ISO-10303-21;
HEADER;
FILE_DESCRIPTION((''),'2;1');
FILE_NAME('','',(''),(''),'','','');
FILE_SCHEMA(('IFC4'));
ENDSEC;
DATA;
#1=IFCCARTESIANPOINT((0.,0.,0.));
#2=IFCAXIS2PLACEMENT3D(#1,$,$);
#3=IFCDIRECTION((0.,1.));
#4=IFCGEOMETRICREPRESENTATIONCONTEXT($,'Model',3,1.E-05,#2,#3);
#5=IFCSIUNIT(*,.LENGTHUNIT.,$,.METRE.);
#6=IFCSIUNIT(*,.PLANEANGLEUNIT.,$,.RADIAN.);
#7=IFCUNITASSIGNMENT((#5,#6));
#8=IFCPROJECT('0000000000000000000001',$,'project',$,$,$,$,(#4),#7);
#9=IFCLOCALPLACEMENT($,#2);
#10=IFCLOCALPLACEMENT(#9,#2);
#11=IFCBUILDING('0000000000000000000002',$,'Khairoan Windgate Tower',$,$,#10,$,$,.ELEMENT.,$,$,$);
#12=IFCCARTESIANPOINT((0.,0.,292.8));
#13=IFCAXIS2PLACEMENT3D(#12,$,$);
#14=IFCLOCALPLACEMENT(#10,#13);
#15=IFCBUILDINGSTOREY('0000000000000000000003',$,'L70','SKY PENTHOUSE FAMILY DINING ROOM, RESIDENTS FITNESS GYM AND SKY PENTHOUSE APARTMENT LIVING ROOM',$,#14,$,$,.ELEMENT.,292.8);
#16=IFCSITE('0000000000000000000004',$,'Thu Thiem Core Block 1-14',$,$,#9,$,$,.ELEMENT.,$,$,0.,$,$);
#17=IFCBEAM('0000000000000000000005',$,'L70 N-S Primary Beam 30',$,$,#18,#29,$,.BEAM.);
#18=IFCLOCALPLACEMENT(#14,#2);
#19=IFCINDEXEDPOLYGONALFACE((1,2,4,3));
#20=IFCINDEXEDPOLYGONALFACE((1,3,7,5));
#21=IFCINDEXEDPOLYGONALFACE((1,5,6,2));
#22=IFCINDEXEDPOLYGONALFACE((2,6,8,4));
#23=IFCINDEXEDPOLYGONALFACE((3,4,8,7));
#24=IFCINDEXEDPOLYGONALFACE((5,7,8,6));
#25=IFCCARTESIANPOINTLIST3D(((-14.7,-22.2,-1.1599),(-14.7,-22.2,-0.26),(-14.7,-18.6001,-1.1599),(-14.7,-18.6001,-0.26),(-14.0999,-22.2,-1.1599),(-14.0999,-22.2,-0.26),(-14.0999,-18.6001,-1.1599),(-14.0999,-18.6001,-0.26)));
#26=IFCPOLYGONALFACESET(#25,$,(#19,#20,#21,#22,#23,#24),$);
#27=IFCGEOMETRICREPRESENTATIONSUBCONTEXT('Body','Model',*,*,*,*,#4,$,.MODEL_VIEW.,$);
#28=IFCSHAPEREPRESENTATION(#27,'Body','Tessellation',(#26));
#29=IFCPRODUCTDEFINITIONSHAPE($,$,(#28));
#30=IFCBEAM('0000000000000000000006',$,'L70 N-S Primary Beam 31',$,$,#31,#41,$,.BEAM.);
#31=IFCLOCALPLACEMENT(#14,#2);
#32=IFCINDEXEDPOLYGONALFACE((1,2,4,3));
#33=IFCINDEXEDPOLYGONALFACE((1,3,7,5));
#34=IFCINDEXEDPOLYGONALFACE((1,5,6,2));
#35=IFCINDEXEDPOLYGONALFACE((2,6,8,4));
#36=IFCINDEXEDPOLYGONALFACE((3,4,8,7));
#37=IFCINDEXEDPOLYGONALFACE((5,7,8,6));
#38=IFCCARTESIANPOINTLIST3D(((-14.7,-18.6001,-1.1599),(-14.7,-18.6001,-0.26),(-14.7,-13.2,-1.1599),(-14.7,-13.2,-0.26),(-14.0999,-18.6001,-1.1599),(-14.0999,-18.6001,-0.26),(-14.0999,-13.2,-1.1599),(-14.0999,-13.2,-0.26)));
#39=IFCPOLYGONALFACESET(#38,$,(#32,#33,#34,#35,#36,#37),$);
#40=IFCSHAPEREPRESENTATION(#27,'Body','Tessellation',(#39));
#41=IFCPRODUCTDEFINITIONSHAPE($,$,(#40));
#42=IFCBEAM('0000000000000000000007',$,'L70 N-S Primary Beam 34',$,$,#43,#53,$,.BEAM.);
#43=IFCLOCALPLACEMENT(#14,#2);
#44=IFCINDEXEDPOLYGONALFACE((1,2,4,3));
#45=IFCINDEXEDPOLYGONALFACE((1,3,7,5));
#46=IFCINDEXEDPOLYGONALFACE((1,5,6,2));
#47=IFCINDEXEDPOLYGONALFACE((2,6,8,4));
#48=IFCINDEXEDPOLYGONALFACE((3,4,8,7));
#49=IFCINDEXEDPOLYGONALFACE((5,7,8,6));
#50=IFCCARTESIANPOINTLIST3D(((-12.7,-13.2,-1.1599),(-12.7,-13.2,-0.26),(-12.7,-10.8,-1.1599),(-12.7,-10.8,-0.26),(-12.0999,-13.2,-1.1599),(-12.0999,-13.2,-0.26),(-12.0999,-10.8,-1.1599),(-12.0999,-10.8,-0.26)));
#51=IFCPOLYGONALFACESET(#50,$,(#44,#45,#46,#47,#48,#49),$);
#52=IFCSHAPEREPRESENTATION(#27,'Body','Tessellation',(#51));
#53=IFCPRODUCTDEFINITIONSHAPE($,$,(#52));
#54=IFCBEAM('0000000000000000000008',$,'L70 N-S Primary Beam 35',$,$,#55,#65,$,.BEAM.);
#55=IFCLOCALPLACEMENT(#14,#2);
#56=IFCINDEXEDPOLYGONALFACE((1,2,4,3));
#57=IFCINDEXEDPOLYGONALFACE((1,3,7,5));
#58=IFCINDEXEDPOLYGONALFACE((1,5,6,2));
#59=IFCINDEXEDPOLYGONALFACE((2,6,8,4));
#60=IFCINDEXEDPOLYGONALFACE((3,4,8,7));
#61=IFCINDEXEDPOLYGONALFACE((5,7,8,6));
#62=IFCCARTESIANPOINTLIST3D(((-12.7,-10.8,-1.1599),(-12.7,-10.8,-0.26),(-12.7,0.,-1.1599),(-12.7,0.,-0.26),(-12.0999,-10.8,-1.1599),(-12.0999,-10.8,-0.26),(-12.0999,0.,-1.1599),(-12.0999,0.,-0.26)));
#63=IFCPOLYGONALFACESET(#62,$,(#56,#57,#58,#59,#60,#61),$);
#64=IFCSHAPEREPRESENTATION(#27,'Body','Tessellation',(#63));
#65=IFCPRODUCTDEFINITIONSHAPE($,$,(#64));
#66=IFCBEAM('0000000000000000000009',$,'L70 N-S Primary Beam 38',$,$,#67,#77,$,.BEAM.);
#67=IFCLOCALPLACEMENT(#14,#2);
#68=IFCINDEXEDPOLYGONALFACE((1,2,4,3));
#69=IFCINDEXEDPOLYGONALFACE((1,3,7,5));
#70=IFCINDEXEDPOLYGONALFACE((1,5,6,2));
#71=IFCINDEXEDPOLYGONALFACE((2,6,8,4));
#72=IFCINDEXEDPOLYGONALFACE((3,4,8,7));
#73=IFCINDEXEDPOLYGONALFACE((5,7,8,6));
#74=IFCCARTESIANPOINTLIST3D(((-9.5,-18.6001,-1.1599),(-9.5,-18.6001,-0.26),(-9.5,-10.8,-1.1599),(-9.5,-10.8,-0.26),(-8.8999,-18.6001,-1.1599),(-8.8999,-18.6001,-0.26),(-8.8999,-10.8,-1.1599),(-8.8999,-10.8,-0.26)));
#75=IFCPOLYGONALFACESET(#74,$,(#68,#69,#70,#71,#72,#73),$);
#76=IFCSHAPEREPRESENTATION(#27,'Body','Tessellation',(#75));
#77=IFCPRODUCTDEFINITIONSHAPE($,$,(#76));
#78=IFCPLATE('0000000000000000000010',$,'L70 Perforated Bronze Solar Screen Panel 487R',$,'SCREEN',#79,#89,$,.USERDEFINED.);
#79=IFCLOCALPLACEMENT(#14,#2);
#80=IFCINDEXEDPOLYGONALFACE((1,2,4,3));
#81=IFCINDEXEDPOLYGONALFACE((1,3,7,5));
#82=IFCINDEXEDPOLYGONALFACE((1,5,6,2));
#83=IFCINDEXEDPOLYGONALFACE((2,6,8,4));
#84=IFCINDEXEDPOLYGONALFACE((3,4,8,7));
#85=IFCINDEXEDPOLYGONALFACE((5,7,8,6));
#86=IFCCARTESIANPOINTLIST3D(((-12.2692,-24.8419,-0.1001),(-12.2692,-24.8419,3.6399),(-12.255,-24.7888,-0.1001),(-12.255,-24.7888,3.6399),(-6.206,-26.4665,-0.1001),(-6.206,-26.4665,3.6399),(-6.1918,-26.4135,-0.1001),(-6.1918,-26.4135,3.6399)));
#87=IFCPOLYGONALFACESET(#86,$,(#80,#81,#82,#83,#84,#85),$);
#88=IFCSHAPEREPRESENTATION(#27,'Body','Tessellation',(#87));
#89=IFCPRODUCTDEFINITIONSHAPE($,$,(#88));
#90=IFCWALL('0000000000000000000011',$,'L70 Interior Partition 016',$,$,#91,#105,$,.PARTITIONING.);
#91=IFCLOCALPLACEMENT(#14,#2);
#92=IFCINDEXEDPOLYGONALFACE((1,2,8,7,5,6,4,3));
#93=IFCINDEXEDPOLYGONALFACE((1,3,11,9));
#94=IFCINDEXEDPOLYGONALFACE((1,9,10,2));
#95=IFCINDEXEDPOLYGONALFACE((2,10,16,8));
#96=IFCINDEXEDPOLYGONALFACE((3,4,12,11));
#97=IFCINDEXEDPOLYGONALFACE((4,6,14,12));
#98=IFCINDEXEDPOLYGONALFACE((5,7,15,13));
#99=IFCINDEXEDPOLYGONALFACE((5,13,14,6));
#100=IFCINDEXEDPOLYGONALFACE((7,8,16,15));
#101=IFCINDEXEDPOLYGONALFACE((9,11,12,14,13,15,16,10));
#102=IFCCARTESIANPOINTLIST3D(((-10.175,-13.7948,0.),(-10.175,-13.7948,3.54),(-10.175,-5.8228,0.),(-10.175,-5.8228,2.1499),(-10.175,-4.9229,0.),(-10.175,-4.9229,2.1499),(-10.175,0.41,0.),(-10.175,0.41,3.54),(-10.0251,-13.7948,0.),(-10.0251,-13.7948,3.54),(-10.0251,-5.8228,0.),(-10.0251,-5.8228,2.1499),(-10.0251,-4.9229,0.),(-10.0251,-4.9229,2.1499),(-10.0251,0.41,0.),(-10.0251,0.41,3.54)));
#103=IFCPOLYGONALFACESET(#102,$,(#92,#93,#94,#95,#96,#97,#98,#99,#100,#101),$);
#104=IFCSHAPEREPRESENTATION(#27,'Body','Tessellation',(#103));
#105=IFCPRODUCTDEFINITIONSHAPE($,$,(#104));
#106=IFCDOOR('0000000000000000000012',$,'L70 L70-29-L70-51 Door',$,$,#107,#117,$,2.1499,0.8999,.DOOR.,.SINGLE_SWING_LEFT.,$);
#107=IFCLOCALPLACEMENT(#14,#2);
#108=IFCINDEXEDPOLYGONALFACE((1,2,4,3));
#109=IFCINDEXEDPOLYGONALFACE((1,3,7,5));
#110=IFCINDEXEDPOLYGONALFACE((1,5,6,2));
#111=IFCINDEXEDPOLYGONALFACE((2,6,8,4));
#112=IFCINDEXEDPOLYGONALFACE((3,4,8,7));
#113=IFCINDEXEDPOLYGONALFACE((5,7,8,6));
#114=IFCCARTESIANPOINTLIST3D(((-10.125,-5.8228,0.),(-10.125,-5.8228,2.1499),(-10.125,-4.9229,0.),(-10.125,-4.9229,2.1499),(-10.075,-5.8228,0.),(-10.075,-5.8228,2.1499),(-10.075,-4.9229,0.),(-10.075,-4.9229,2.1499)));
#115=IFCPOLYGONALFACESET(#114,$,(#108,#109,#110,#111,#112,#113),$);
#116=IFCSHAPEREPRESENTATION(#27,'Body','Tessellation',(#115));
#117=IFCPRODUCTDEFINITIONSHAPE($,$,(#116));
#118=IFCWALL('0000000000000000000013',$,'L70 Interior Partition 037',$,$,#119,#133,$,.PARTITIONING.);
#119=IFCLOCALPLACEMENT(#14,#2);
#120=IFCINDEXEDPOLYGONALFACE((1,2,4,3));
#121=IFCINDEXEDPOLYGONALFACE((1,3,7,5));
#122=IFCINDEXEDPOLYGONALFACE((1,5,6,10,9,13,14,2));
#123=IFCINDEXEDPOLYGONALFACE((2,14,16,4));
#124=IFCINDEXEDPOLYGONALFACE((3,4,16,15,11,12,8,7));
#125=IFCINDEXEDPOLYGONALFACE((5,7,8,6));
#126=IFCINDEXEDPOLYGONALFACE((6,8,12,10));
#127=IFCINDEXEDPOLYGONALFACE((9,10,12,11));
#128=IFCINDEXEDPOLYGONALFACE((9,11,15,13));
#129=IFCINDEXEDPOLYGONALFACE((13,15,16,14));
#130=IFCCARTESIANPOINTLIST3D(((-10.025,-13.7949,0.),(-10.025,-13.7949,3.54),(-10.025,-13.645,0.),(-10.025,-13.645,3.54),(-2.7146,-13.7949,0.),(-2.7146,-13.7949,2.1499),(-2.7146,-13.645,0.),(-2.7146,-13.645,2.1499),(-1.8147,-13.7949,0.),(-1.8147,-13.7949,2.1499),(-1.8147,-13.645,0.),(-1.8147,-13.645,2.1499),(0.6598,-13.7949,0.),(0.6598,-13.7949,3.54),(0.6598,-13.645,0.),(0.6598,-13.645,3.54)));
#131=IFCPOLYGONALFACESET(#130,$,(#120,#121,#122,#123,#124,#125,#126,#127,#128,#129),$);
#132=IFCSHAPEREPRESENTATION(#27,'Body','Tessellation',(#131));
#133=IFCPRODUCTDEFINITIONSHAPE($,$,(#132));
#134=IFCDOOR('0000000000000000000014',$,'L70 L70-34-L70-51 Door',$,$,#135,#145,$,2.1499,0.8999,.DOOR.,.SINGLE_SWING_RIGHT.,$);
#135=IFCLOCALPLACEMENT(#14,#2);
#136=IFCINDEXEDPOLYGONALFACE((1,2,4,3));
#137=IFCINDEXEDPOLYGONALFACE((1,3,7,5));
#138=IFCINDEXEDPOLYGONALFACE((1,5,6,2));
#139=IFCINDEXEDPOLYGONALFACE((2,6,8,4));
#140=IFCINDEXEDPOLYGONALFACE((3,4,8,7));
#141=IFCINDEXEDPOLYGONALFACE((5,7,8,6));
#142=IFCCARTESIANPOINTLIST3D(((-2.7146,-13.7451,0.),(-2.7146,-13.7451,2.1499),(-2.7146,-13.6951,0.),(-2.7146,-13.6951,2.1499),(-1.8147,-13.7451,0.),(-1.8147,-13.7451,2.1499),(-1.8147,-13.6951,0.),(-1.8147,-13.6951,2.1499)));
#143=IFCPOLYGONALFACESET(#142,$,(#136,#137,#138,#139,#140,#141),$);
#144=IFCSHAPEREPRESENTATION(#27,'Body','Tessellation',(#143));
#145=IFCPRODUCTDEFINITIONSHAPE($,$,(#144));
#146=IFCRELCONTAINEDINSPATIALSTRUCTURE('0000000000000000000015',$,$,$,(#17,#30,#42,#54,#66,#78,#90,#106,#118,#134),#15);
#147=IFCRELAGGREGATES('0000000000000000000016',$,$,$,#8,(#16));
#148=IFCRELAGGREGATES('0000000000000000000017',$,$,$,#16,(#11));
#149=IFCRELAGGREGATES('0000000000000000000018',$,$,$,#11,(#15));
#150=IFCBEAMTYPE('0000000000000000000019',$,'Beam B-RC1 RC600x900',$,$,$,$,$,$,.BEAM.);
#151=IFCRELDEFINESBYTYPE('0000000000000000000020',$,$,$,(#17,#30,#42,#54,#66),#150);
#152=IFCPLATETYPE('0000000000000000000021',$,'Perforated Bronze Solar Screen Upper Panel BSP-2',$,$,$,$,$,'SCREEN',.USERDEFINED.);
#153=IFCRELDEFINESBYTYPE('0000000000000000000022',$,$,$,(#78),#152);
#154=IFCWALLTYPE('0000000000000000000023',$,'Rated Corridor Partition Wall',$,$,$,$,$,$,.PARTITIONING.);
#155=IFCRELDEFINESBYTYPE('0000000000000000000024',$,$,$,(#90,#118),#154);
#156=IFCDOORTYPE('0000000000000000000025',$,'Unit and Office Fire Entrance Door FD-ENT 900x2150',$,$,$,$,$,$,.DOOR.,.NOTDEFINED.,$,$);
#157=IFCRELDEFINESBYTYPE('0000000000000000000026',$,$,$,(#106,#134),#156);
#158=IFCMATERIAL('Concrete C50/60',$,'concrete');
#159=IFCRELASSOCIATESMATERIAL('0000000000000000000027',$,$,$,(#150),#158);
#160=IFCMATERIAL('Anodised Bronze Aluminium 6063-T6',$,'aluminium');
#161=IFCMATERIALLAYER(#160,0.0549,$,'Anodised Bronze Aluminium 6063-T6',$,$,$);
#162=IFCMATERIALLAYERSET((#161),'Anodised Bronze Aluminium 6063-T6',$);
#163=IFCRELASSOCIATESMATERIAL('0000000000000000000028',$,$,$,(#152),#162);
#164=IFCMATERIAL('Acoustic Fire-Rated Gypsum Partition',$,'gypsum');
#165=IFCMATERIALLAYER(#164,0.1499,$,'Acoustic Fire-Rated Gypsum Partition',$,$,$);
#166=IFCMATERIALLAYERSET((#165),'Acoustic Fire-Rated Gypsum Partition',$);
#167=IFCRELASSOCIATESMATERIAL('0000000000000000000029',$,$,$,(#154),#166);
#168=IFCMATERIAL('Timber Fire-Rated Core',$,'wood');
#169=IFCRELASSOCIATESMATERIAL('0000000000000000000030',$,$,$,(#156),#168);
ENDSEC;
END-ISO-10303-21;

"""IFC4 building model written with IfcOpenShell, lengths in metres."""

from ifc_helpers import new_model, si_unit, direction, frame, frame_2d, origin, origin_2d, place, context, subcontext, project, spatial, rectangle, extrude, material, layer, layer_set, material_profile, profile_set, type_object, element, fill, save


model = new_model("IFC4")

# Units and contexts
model_context = context("Model", 3, precision=1e-05, world=origin(), true_north=direction((0.0, 1.0)))
body_context = subcontext(model_context, "Body", "Model", "MODEL_VIEW")
ifc_project = project(units=[si_unit("LENGTHUNIT", "METRE"), si_unit("PLANEANGLEUNIT", "RADIAN")], contexts=[model_context])

# Site, building, storey
site_placement = place(None, origin())
site = spatial("IfcSite", under=ifc_project, at=site_placement, Name="Thu Thiem Core Block 1-14", CompositionType="ELEMENT", RefElevation=0.0)
building_placement = place(site_placement, origin())
building = spatial("IfcBuilding", under=site, at=building_placement, Name="Khairoan Windgate Tower", CompositionType="ELEMENT")
storey_placement = place(building_placement, frame((0.0, 0.0, 292.8)))
storey = spatial("IfcBuildingStorey", under=building, at=storey_placement, Name="L70", Description="SKY PENTHOUSE FAMILY DINING ROOM, RESIDENTS FITNESS GYM AND SKY PENTHOUSE APARTMENT LIVING ROOM", CompositionType="ELEMENT", Elevation=292.8)

# Beams
ifc_material_1 = material(Name="Concrete C50/60", Category="concrete")
ifc_material_profile_1 = material_profile(ifc_material_1, rectangle(XDim=0.6001, YDim=0.8999, at=origin_2d()))
ifc_profile_set_1 = profile_set([ifc_material_profile_1], Name="Concrete C50/60")
beam_type = type_object("IfcBeamType", Name="Beam B-RC1 RC600x900", PredefinedType="BEAM", material=ifc_profile_set_1)
beam_1_placement = place(storey_placement, frame((-14.3999, -22.2, -0.71), z_axis=(0.0, 1.0, 0.0), x_axis=(-1.0, 0.0, 0.0)))
element("IfcBeam", 1, at=beam_1_placement, inside=storey, type_object=beam_type, Name="L70 N-S Primary Beam 30", PredefinedType="BEAM", context=body_context, shape_type="SweptSolid", body=[
    extrude(rectangle(XDim=0.6001, YDim=0.8999, at=origin_2d()), origin(), (0.0, 0.0, 1.0), 3.5999),
])
beam_2_placement = place(storey_placement, frame((-14.3999, -18.6001, -0.71), z_axis=(0.0, 1.0, 0.0), x_axis=(-1.0, 0.0, 0.0)))
element("IfcBeam", 2, at=beam_2_placement, inside=storey, type_object=beam_type, Name="L70 N-S Primary Beam 31", PredefinedType="BEAM", context=body_context, shape_type="SweptSolid", body=[
    extrude(rectangle(XDim=0.6001, YDim=0.8999, at=origin_2d()), origin(), (0.0, 0.0, 1.0), 5.4001),
])
beam_3_placement = place(storey_placement, frame((-12.3999, -13.2, -0.71), z_axis=(0.0, 1.0, 0.0), x_axis=(-1.0, 0.0, 0.0)))
element("IfcBeam", 3, at=beam_3_placement, inside=storey, type_object=beam_type, Name="L70 N-S Primary Beam 34", PredefinedType="BEAM", context=body_context, shape_type="SweptSolid", body=[
    extrude(rectangle(XDim=0.6001, YDim=0.8999, at=origin_2d()), origin(), (0.0, 0.0, 1.0), 2.3999),
])
beam_4_placement = place(storey_placement, frame((-12.3999, -10.8, -0.71), z_axis=(0.0, 1.0, 0.0), x_axis=(-1.0, 0.0, 0.0)))
element("IfcBeam", 4, at=beam_4_placement, inside=storey, type_object=beam_type, Name="L70 N-S Primary Beam 35", PredefinedType="BEAM", context=body_context, shape_type="SweptSolid", body=[
    extrude(rectangle(XDim=0.6001, YDim=0.8999, at=origin_2d()), origin(), (0.0, 0.0, 1.0), 10.8),
])
beam_5_placement = place(storey_placement, frame((-9.2, -18.6001, -0.71), z_axis=(0.0, 1.0, 0.0), x_axis=(-1.0, 0.0, 0.0)))
element("IfcBeam", 5, at=beam_5_placement, inside=storey, type_object=beam_type, Name="L70 N-S Primary Beam 38", PredefinedType="BEAM", context=body_context, shape_type="SweptSolid", body=[
    extrude(rectangle(XDim=0.6001, YDim=0.8999, at=origin_2d()), origin(), (0.0, 0.0, 1.0), 7.8),
])

# Plate
ifc_material_2 = material(Name="Anodised Bronze Aluminium 6063-T6", Category="aluminium")
ifc_layer_1 = layer(ifc_material_2, 0.0549, Name="Anodised Bronze Aluminium 6063-T6")
ifc_layer_set_1 = layer_set([ifc_layer_1], Name="Anodised Bronze Aluminium 6063-T6")
plate_type = type_object("IfcPlateType", Name="Perforated Bronze Solar Screen Upper Panel BSP-2", ElementType="SCREEN", PredefinedType="USERDEFINED", material=ifc_layer_set_1)
plate_placement = place(storey_placement, frame((-9.2305, -25.6277, -0.1001), z_axis=(0.0, 0.0, 1.0), x_axis=(-0.965926, 0.258819, 0.0)))
element("IfcPlate", 6, at=plate_placement, inside=storey, type_object=plate_type, Name="L70 Perforated Bronze Solar Screen Panel 487R", ObjectType="SCREEN", PredefinedType="USERDEFINED", context=body_context, shape_type="SweptSolid", body=[
    extrude(rectangle(XDim=6.2771, YDim=0.0549, at=origin_2d()), origin(), (0.0, 0.0, 1.0), 3.74),
])

# Walls, openings, doors
ifc_material_3 = material(Name="Acoustic Fire-Rated Gypsum Partition", Category="gypsum")
ifc_layer_2 = layer(ifc_material_3, 0.1499, Name="Acoustic Fire-Rated Gypsum Partition")
ifc_layer_set_2 = layer_set([ifc_layer_2], Name="Acoustic Fire-Rated Gypsum Partition")
wall_type_1 = type_object("IfcWallType", Name="Rated Corridor Partition Wall", PredefinedType="PARTITIONING", material=ifc_layer_set_2)
wall_1_placement = place(storey_placement, frame((-10.1001, -13.7949, 0.0), z_axis=(0.0, 0.0, 1.0), x_axis=(0.0, 1.0, 0.0)))
wall_1 = element("IfcWall", 7, at=wall_1_placement, inside=storey, type_object=wall_type_1, Name="L70 Interior Partition 016", PredefinedType="PARTITIONING", context=body_context, shape_type="SweptSolid", body=[
    extrude(rectangle(XDim=14.2048, YDim=0.1499, at=frame_2d((7.1025, 0.0))), origin(), (0.0, 0.0, 1.0), 3.54),
])
opening_1_placement = place(wall_1_placement, frame((7.9722, 0.0, 0.0)))
opening_1 = element("IfcOpeningElement", 8, at=opening_1_placement, cuts=wall_1, PredefinedType="OPENING", context=body_context, shape_type="SweptSolid", body=[
    extrude(rectangle(XDim=0.8999, YDim=2.1499, at=frame_2d((0.45, 1.075))), frame((0.0, 0.085, 0.0), z_axis=(0.0, -1.0, 0.0), x_axis=(1.0, 0.0, 0.0)), (0.0, 0.0, 1.0), 0.1699),
])
ifc_material_4 = material(Name="Timber Fire-Rated Core", Category="wood")
door_type_1 = type_object("IfcDoorType", Name="Unit and Office Fire Entrance Door FD-ENT 900x2150", OperationType="NOTDEFINED", PredefinedType="DOOR", material=ifc_material_4)
door_1_placement = place(opening_1_placement, origin())
door_1 = element("IfcDoor", 9, at=door_1_placement, inside=storey, type_object=door_type_1, Name="L70 L70-29-L70-51 Door", OperationType="SINGLE_SWING_LEFT", OverallHeight=2.1499, OverallWidth=0.8999, PredefinedType="DOOR", context=body_context, shape_type="SweptSolid", body=[
    extrude(rectangle(XDim=0.8999, YDim=2.1499, at=frame_2d((0.45, 1.075))), frame((0.0, 0.0249, 0.0), z_axis=(0.0, -1.0, 0.0), x_axis=(1.0, 0.0, 0.0)), (0.0, 0.0, 1.0), 0.05),
])
fill(opening_1, door_1)
wall_2_placement = place(storey_placement, frame((-10.0249, -13.72, 0.0), z_axis=(0.0, 0.0, 1.0), x_axis=(1.0, 0.0, 0.0)))
wall_2 = element("IfcWall", 10, at=wall_2_placement, inside=storey, type_object=wall_type_1, Name="L70 Interior Partition 037", PredefinedType="PARTITIONING", context=body_context, shape_type="SweptSolid", body=[
    extrude(rectangle(XDim=10.6848, YDim=0.1499, at=frame_2d((5.3423, 0.0))), origin(), (0.0, 0.0, 1.0), 3.54),
])
opening_2_placement = place(wall_2_placement, frame((7.3103, 0.0, 0.0)))
opening_2 = element("IfcOpeningElement", 11, at=opening_2_placement, cuts=wall_2, PredefinedType="OPENING", context=body_context, shape_type="SweptSolid", body=[
    extrude(rectangle(XDim=0.8999, YDim=2.1499, at=frame_2d((0.45, 1.075))), frame((0.0, 0.085, 0.0), z_axis=(0.0, -1.0, 0.0), x_axis=(1.0, 0.0, 0.0)), (0.0, 0.0, 1.0), 0.1699),
])
door_2_placement = place(opening_2_placement, origin())
door_2 = element("IfcDoor", 12, at=door_2_placement, inside=storey, type_object=door_type_1, Name="L70 L70-34-L70-51 Door", OperationType="SINGLE_SWING_RIGHT", OverallHeight=2.1499, OverallWidth=0.8999, PredefinedType="DOOR", context=body_context, shape_type="SweptSolid", body=[
    extrude(rectangle(XDim=0.8999, YDim=2.1499, at=frame_2d((0.45, 1.075))), frame((0.0, 0.0249, 0.0), z_axis=(0.0, -1.0, 0.0), x_axis=(1.0, 0.0, 0.0)), (0.0, 0.0, 1.0), 0.05),
])
fill(opening_2, door_2)

save(model, "model.ifc")
